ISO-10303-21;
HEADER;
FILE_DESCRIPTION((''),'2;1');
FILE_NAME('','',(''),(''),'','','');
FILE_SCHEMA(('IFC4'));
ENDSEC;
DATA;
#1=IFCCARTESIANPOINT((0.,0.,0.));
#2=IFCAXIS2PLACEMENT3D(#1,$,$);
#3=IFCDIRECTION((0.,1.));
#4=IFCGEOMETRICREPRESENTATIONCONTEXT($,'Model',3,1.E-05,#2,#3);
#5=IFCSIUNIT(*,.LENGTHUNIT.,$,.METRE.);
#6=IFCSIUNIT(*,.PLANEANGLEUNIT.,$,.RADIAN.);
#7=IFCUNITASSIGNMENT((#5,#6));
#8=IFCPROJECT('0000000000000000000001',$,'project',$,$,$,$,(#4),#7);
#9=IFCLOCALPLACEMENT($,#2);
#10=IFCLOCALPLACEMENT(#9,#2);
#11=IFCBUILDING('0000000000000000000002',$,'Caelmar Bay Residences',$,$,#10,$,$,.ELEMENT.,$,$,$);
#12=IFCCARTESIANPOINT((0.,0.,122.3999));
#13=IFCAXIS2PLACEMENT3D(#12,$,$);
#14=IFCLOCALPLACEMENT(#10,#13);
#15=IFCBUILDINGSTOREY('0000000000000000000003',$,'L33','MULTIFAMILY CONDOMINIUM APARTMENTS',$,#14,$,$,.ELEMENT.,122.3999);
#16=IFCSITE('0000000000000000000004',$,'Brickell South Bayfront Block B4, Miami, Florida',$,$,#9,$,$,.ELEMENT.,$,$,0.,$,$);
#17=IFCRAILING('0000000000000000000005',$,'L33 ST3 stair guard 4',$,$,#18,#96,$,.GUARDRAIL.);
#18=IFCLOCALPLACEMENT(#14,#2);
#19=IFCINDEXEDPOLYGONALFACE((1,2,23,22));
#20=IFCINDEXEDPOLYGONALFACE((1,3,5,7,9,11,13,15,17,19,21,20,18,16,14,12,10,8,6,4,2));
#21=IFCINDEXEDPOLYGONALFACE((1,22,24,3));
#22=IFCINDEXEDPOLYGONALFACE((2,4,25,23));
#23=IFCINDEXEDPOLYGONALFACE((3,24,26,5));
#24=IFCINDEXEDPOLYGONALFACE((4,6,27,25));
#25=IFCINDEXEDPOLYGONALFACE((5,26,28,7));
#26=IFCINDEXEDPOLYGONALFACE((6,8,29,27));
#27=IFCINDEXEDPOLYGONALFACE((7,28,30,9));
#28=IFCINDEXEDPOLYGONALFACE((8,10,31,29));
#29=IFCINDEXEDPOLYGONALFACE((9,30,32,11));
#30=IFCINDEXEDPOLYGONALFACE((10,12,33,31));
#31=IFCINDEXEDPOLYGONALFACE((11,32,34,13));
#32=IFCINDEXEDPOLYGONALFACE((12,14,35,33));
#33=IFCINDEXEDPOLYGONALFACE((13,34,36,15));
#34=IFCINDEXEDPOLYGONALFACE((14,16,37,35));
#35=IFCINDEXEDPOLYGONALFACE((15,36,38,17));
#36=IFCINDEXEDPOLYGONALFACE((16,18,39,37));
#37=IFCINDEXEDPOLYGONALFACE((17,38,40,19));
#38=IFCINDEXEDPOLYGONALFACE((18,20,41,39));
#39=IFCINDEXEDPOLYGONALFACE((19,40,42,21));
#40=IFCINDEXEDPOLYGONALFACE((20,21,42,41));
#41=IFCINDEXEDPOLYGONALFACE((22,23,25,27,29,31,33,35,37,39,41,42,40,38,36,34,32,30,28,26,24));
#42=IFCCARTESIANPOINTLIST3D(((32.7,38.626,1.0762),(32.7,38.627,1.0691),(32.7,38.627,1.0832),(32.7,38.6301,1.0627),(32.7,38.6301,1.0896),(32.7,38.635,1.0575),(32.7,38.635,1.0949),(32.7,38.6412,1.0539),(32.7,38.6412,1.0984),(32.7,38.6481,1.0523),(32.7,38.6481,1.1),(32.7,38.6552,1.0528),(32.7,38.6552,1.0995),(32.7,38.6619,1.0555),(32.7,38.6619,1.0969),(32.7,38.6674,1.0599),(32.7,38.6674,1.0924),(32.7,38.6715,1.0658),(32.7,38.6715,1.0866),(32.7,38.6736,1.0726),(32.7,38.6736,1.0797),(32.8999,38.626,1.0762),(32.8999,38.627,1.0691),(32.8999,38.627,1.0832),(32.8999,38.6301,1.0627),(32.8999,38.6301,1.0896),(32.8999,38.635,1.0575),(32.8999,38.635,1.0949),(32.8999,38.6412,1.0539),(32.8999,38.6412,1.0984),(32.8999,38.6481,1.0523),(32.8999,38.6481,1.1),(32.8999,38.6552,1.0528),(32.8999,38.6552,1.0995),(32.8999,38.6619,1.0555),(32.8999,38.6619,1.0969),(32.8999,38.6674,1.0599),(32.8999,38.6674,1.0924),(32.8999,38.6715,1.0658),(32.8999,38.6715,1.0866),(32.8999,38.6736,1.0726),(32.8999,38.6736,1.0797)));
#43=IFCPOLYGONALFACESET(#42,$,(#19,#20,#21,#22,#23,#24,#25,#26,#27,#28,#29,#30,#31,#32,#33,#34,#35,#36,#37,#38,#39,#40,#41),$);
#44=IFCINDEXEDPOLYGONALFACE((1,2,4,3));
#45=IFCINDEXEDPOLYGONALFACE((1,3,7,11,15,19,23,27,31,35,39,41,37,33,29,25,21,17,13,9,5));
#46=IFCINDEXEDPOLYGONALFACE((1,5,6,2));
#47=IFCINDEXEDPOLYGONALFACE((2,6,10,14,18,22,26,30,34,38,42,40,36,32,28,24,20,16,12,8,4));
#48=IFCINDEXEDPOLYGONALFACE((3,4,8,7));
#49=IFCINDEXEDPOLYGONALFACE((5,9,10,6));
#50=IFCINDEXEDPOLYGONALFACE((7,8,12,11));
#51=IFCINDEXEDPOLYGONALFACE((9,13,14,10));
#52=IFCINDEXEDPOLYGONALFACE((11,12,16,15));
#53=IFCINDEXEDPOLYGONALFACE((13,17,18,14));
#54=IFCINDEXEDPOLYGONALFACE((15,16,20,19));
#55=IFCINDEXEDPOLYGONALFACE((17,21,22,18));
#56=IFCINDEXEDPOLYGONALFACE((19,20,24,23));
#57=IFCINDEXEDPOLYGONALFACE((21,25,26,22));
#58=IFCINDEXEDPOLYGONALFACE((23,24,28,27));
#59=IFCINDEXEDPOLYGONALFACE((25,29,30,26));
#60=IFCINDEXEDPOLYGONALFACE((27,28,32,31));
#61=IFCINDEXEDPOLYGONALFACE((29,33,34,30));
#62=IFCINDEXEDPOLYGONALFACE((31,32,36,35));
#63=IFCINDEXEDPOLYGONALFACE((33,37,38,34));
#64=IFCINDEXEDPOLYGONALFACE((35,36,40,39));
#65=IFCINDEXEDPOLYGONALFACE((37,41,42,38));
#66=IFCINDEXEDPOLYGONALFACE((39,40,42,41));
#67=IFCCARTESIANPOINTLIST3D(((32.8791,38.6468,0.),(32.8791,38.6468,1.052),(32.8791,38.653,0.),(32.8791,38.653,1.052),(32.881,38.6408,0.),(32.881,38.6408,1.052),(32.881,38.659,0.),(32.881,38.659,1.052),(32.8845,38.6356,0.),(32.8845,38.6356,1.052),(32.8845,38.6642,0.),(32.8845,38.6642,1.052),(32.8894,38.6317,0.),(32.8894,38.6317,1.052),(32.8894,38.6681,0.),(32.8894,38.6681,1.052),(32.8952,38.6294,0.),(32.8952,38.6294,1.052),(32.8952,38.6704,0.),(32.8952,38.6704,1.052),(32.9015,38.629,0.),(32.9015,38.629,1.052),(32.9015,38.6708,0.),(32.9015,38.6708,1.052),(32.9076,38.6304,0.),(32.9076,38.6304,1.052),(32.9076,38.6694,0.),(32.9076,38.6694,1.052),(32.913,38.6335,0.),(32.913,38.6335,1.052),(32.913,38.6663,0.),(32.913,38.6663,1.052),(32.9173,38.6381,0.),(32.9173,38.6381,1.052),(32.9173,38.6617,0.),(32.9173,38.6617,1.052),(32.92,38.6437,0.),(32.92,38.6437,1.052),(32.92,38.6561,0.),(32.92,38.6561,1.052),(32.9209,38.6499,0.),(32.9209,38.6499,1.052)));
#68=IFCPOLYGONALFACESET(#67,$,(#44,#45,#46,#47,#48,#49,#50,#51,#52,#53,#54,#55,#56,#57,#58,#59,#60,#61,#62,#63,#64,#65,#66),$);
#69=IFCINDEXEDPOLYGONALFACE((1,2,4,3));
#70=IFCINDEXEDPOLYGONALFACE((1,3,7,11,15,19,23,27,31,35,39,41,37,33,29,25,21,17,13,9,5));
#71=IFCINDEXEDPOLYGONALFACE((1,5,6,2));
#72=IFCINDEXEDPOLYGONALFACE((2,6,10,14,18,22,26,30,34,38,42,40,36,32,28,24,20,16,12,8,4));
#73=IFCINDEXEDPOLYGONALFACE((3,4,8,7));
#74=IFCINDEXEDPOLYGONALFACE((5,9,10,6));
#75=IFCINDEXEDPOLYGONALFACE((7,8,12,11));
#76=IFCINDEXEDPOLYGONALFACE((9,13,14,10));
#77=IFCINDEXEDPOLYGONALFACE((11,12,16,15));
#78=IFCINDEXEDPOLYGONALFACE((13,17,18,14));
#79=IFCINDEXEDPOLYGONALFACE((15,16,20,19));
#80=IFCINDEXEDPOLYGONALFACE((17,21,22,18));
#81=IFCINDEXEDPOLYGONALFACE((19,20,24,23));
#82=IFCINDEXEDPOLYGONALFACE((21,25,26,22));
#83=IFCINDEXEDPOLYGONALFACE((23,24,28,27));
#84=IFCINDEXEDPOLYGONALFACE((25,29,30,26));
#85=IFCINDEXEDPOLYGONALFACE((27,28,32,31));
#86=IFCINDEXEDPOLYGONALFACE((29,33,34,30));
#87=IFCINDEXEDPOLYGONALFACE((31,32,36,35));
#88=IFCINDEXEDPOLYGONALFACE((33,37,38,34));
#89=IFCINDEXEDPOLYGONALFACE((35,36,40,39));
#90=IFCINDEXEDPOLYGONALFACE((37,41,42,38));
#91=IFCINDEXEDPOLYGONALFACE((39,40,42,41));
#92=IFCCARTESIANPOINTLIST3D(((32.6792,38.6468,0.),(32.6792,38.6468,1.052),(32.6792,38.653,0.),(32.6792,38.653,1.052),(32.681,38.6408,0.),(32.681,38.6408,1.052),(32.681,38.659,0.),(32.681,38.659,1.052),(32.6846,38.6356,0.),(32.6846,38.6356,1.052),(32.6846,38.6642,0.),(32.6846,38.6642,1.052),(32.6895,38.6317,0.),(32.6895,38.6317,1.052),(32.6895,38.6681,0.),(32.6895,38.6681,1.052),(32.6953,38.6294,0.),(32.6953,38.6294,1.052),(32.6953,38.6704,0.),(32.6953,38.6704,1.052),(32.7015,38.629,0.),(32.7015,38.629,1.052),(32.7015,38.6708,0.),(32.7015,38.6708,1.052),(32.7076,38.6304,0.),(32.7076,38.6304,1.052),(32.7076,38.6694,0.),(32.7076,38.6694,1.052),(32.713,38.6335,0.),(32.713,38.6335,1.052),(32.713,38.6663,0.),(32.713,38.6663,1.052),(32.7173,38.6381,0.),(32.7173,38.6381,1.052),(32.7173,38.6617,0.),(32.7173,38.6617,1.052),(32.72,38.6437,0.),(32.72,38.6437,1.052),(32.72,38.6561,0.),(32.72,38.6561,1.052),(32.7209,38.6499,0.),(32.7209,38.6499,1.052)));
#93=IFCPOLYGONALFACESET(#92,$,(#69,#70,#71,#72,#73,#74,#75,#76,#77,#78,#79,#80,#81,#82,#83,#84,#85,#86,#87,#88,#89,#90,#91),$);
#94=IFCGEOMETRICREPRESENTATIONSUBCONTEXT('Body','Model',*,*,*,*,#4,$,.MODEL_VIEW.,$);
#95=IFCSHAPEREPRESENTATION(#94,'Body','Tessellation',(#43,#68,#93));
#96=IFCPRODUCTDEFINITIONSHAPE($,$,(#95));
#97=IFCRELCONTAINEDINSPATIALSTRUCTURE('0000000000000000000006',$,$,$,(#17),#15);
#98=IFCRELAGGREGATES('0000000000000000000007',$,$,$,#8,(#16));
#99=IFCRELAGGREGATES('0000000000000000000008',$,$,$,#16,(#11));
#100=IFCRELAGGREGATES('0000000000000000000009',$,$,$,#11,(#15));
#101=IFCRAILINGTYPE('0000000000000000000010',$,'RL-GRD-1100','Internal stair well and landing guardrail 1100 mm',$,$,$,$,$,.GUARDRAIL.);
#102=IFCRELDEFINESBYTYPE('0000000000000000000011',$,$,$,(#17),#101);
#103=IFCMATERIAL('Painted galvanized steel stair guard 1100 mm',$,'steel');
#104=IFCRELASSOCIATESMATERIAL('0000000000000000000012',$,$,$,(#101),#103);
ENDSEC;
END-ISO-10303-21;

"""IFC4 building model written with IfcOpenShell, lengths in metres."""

from ifc_helpers import new_model, si_unit, direction, frame, origin, origin_2d, place, context, subcontext, project, spatial, circle, extrude, material, type_object, element, save


model = new_model("IFC4")

# Units and contexts
model_context = context("Model", 3, precision=1e-05, world=origin(), true_north=direction((0.0, 1.0)))
body_context = subcontext(model_context, "Body", "Model", "MODEL_VIEW")
ifc_project = project(units=[si_unit("LENGTHUNIT", "METRE"), si_unit("PLANEANGLEUNIT", "RADIAN")], contexts=[model_context])

# Site, building, storey
site_placement = place(None, origin())
site = spatial("IfcSite", under=ifc_project, at=site_placement, Name="Brickell South Bayfront Block B4, Miami, Florida", CompositionType="ELEMENT", RefElevation=0.0)
building_placement = place(site_placement, origin())
building = spatial("IfcBuilding", under=site, at=building_placement, Name="Caelmar Bay Residences", CompositionType="ELEMENT")
storey_placement = place(building_placement, frame((0.0, 0.0, 122.3999)))
storey = spatial("IfcBuildingStorey", under=building, at=storey_placement, Name="L33", Description="MULTIFAMILY CONDOMINIUM APARTMENTS", CompositionType="ELEMENT", Elevation=122.3999)

# Railing
ifc_material_1 = material(Name="Painted galvanized steel stair guard 1100 mm", Category="steel")
railing_type_1 = type_object("IfcRailingType", Name="RL-GRD-1100", Description="Internal stair well and landing guardrail 1100 mm", PredefinedType="GUARDRAIL", material=ifc_material_1)
railing_1_placement = place(storey_placement, frame((32.8999, 38.6499, 0.0)))
element("IfcRailing", 1, at=railing_1_placement, inside=storey, type_object=railing_type_1, Name="L33 ST3 stair guard 4", PredefinedType="GUARDRAIL", context=body_context, shape_type="SweptSolid", body=[
    extrude(circle(Radius=0.0239, at=origin_2d()), frame((0.0, 0.0, 1.0762), z_axis=(-1.0, 0.0, 0.0), x_axis=(0.0, -1.0, 0.0)), (0.0, 0.0, 1.0), 0.2),
    extrude(circle(Radius=0.021, at=origin_2d()), origin(), (0.0, 0.0, 1.0), 1.052),
    extrude(circle(Radius=0.021, at=origin_2d()), frame((-0.2, 0.0, 0.0)), (0.0, 0.0, 1.0), 1.052),
])

save(model, "model.ifc")
